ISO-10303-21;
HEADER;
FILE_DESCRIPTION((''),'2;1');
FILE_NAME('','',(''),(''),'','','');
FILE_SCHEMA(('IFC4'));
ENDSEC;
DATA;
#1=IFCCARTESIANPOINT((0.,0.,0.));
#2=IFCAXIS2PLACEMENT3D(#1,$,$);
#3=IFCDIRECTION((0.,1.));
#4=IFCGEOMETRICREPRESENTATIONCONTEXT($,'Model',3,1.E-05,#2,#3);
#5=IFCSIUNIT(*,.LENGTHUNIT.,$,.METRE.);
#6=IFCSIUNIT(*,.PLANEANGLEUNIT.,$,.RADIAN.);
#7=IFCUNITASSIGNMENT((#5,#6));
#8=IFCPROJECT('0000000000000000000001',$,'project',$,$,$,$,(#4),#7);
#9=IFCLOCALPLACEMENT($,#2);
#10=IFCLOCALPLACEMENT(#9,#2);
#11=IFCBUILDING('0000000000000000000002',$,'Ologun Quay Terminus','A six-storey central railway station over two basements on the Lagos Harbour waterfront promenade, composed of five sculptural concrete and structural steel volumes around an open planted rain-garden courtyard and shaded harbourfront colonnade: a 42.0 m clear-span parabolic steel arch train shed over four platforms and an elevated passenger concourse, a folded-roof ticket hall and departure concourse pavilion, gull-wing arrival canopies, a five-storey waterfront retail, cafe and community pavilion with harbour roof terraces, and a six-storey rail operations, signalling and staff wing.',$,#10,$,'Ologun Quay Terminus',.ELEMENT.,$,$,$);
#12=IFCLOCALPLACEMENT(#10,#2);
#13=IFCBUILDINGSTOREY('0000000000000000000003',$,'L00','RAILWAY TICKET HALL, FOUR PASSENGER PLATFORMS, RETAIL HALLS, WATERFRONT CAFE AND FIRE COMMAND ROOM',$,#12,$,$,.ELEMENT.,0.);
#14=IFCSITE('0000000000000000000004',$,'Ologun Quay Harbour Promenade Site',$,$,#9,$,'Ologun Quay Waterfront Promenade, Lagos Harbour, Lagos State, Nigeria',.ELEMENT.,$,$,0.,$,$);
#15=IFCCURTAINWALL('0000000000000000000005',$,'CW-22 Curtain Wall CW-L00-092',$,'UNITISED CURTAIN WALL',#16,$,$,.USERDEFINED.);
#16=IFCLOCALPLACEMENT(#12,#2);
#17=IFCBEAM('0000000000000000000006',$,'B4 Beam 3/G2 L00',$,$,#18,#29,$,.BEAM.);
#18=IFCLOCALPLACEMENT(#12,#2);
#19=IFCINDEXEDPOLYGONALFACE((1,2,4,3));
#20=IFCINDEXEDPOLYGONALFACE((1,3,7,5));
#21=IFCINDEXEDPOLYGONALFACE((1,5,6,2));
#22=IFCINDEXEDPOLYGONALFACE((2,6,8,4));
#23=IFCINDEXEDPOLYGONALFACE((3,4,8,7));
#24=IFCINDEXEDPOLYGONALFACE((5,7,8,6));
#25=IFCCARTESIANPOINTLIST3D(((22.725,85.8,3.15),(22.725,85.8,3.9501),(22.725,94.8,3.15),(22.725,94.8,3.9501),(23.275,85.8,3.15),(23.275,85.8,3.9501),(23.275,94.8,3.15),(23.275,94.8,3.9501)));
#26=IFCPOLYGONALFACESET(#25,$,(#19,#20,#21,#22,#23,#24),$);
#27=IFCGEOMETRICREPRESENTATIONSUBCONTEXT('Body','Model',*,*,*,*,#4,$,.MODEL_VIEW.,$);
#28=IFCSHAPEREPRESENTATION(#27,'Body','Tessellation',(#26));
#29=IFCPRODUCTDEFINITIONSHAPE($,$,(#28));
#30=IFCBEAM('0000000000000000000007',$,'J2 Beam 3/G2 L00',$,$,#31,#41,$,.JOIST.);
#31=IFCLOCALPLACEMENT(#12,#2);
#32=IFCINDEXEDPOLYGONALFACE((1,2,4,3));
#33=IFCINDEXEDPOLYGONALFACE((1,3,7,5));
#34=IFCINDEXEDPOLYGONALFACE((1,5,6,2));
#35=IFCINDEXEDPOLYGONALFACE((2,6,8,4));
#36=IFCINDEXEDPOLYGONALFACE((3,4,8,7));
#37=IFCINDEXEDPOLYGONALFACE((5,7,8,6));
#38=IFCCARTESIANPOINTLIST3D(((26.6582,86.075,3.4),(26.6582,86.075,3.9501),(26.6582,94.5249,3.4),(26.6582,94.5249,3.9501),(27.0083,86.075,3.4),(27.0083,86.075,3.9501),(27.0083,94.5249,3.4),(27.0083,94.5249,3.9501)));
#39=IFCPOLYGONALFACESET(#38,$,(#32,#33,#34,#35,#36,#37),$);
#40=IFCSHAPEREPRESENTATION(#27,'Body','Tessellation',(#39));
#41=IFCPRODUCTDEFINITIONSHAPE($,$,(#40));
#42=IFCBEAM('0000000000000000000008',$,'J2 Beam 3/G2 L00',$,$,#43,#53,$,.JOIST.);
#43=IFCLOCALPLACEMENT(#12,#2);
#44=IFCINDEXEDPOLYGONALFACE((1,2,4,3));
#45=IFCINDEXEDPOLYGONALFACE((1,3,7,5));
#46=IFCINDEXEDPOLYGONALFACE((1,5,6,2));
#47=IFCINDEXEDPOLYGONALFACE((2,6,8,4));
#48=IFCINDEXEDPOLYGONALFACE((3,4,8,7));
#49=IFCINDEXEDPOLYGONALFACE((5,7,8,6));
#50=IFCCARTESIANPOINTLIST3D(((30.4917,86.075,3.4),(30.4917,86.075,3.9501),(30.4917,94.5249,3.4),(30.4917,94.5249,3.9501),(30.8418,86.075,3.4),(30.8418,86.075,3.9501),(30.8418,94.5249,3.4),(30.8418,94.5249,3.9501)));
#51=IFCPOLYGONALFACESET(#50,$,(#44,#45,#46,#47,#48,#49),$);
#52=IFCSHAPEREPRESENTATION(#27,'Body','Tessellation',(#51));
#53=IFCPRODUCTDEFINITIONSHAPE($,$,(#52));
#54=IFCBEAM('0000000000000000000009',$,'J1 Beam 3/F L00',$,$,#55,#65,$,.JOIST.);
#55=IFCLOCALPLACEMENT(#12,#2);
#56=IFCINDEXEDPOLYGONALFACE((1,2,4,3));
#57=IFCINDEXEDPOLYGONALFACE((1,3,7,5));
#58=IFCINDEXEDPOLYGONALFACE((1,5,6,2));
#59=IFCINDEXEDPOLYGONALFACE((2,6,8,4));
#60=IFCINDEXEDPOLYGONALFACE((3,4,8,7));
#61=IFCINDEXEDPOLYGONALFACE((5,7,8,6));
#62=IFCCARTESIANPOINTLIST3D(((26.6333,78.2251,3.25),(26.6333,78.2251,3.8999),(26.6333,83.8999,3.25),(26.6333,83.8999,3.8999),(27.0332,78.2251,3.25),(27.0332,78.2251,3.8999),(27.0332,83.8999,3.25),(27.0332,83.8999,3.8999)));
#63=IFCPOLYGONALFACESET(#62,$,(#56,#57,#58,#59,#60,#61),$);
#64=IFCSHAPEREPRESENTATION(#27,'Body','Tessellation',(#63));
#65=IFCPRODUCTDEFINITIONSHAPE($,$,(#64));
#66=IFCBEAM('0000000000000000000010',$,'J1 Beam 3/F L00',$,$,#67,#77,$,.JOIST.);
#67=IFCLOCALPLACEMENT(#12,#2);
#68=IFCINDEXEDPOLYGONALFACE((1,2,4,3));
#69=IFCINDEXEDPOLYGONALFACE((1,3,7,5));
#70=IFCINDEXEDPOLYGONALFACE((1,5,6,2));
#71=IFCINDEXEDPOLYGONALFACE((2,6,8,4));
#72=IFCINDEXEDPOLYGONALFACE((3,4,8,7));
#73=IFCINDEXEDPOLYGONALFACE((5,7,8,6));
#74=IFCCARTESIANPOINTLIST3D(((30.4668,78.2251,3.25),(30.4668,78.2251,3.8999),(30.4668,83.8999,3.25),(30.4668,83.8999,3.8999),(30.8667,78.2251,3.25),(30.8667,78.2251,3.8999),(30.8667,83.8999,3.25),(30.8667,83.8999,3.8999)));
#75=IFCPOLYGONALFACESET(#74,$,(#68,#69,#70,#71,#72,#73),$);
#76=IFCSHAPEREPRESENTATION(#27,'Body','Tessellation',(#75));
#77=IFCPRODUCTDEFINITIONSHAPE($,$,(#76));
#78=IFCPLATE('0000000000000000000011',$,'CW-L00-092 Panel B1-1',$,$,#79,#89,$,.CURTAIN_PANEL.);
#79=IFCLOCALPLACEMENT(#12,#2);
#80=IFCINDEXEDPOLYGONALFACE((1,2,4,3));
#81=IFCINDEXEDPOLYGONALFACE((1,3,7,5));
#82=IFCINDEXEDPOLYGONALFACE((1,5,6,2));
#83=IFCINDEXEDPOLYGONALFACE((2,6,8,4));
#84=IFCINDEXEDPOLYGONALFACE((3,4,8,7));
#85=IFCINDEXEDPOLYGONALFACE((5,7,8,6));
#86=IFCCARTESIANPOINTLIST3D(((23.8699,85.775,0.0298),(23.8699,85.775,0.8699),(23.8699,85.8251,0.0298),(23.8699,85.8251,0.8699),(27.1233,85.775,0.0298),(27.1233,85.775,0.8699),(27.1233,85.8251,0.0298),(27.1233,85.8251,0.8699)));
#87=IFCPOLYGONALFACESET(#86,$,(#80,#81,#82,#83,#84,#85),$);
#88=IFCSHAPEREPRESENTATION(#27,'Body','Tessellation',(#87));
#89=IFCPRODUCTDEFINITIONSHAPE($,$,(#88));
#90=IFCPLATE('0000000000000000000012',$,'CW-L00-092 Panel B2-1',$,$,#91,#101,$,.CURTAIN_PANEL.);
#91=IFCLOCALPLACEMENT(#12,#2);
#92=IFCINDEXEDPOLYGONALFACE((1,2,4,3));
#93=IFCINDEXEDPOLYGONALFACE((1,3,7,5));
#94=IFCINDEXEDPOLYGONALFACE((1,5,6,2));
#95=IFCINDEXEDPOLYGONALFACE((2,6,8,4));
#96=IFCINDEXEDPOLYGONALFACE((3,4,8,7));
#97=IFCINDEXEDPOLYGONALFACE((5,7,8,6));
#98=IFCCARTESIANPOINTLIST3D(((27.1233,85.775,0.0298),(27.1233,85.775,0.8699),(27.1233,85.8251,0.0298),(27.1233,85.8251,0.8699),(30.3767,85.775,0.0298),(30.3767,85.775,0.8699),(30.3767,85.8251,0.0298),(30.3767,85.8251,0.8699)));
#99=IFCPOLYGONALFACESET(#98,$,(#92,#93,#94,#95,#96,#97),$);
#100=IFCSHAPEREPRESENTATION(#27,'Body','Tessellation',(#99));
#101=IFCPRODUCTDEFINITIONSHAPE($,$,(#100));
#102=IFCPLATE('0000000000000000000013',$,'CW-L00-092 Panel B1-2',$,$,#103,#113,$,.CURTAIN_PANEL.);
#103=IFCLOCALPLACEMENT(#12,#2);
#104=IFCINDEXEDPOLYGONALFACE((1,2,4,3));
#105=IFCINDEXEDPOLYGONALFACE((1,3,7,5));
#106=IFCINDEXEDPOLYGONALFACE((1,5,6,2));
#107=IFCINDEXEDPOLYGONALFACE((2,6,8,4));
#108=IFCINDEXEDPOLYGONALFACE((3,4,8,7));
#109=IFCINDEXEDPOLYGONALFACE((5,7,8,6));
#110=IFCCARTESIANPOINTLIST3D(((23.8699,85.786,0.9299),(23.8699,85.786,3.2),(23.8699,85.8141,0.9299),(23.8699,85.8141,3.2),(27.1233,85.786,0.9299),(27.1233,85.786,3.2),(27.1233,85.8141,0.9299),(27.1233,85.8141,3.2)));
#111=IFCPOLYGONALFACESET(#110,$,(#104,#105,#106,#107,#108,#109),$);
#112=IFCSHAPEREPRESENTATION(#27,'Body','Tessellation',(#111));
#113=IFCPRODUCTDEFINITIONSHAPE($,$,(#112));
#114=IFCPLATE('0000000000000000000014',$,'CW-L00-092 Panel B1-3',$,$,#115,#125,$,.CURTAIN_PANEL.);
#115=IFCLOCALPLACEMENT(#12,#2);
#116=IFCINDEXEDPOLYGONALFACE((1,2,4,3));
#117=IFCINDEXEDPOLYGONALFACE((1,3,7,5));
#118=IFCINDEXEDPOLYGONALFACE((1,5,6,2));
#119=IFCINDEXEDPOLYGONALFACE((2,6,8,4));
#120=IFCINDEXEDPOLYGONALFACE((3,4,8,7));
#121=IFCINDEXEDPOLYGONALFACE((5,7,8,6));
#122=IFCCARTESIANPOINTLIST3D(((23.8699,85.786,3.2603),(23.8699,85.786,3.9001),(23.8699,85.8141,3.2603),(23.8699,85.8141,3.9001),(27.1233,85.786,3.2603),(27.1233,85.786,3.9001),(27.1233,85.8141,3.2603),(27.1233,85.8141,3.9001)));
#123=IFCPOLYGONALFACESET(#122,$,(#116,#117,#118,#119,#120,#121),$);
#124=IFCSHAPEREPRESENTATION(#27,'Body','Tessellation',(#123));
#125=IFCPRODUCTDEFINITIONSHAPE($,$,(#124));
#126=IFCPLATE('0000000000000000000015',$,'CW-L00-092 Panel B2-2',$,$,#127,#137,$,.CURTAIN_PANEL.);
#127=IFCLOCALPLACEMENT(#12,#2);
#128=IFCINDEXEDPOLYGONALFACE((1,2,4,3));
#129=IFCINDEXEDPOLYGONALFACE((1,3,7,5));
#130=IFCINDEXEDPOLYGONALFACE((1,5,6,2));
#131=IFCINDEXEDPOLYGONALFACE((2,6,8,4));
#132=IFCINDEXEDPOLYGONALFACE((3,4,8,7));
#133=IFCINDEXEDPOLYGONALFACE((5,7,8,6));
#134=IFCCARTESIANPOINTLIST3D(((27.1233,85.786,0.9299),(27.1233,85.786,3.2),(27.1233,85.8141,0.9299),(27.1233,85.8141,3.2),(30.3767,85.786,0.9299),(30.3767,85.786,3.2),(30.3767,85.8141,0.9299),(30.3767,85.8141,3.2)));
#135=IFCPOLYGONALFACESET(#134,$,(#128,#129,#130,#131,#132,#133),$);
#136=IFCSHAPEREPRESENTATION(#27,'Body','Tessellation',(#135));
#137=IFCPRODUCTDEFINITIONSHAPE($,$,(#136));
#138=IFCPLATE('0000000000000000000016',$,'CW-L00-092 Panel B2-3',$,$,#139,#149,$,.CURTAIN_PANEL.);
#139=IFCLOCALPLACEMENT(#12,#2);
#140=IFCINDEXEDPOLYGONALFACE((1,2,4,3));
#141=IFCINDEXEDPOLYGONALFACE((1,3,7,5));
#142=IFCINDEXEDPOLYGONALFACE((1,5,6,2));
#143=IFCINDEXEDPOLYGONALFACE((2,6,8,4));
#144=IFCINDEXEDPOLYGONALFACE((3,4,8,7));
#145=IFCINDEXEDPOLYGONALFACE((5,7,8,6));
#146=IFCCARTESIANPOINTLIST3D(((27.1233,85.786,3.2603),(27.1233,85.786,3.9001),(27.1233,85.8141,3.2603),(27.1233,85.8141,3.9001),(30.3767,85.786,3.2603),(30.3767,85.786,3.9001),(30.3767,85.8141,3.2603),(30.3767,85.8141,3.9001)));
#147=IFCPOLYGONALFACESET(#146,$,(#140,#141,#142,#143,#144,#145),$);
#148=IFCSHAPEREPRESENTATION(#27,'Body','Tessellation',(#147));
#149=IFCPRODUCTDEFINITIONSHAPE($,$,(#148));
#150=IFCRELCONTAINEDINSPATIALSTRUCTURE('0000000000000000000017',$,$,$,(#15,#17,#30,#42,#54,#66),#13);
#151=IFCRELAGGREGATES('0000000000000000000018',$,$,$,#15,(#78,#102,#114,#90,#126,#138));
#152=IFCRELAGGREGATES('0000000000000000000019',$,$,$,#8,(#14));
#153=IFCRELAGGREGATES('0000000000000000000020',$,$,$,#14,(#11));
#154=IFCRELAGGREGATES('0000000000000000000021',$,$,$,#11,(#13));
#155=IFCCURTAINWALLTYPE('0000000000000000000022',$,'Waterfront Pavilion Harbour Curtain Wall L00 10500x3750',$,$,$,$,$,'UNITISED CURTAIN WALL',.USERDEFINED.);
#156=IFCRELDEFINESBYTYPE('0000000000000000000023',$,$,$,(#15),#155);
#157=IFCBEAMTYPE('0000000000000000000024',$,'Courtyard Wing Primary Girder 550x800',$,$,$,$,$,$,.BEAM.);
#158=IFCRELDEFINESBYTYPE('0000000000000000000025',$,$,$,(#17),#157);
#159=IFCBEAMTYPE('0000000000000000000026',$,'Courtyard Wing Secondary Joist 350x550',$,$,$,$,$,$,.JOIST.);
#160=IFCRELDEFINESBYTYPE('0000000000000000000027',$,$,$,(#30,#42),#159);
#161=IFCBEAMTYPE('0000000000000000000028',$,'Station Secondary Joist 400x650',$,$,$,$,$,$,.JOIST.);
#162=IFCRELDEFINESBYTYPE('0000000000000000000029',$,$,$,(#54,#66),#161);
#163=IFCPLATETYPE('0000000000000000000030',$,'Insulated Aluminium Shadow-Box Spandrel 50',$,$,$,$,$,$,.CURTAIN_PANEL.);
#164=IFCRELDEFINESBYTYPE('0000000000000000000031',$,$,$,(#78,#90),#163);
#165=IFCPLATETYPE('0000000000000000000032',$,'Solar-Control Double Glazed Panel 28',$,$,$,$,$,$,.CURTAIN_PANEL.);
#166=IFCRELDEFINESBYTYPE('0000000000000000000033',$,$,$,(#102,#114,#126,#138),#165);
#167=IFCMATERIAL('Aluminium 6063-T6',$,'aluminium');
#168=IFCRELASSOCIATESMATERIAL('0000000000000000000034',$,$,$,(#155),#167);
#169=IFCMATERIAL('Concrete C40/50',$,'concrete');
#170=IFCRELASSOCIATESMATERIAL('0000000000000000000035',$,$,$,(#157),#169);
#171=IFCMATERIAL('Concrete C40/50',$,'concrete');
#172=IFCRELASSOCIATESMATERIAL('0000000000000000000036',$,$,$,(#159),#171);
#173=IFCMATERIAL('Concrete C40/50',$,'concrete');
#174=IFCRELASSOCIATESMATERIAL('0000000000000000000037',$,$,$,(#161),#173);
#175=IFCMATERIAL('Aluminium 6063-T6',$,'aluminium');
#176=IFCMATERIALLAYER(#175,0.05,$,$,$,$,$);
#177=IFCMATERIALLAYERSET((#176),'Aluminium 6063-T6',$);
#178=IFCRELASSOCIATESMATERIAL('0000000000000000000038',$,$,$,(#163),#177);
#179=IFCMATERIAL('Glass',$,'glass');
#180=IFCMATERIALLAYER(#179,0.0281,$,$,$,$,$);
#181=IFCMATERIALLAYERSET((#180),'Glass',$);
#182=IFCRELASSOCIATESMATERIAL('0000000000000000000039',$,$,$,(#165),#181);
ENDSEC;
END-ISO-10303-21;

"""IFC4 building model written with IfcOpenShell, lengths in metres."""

from ifc_helpers import new_model, si_unit, direction, frame, origin, origin_2d, place, context, subcontext, project, spatial, rectangle, extrude, material, layer, layer_set, material_profile, profile_set, type_object, element, aggregate, save


model = new_model("IFC4")

# Units and contexts
model_context = context("Model", 3, precision=1e-05, world=origin(), true_north=direction((0.0, 1.0)))
body_context = subcontext(model_context, "Body", "Model", "MODEL_VIEW")
ifc_project = project(units=[si_unit("LENGTHUNIT", "METRE"), si_unit("PLANEANGLEUNIT", "RADIAN")], contexts=[model_context])

# Site, building, storey
site_placement = place(None, origin())
site = spatial("IfcSite", under=ifc_project, at=site_placement, Name="Ologun Quay Harbour Promenade Site", LongName="Ologun Quay Waterfront Promenade, Lagos Harbour, Lagos State, Nigeria", CompositionType="ELEMENT", RefElevation=0.0)
building_placement = place(site_placement, origin())
building = spatial("IfcBuilding", under=site, at=building_placement, Name="Ologun Quay Terminus", Description="A six-storey central railway station over two basements on the Lagos Harbour waterfront promenade, composed of five sculptural concrete and structural steel volumes around an open planted rain-garden courtyard and shaded harbourfront colonnade: a 42.0 m clear-span parabolic steel arch train shed over four platforms and an elevated passenger concourse, a folded-roof ticket hall and departure concourse pavilion, gull-wing arrival canopies, a five-storey waterfront retail, cafe and community pavilion with harbour roof terraces, and a six-storey rail operations, signalling and staff wing.", LongName="Ologun Quay Terminus", CompositionType="ELEMENT")
storey_placement = place(building_placement, origin())
storey = spatial("IfcBuildingStorey", under=building, at=storey_placement, Name="L00", Description="RAILWAY TICKET HALL, FOUR PASSENGER PLATFORMS, RETAIL HALLS, WATERFRONT CAFE AND FIRE COMMAND ROOM", CompositionType="ELEMENT", Elevation=0.0)

# Curtain wall
ifc_material_1 = material(Name="Aluminium 6063-T6", Category="aluminium")
curtain_wall_type = type_object("IfcCurtainWallType", Name="Waterfront Pavilion Harbour Curtain Wall L00 10500x3750", ElementType="UNITISED CURTAIN WALL", PredefinedType="USERDEFINED", material=ifc_material_1)
curtain_wall_placement = place(storey_placement, origin())
curtain_wall = element("IfcCurtainWall", 1, at=curtain_wall_placement, inside=storey, type_object=curtain_wall_type, Name="CW-22 Curtain Wall CW-L00-092", ObjectType="UNITISED CURTAIN WALL", PredefinedType="USERDEFINED")

# Beams
ifc_material_2 = material(Name="Concrete C40/50", Category="concrete")
ifc_material_profile_1 = material_profile(ifc_material_2, rectangle(XDim=0.55, YDim=0.8, at=origin_2d()), Name="RC 550x800")
ifc_profile_set_1 = profile_set([ifc_material_profile_1], Name="Concrete C40/50")
beam_type_1 = type_object("IfcBeamType", Name="Courtyard Wing Primary Girder 550x800", PredefinedType="BEAM", material=ifc_profile_set_1)
beam_1_placement = place(storey_placement, frame((23.0, 85.8, 3.55), z_axis=(0.0, 1.0, 0.0), x_axis=(-1.0, 0.0, 0.0)))
element("IfcBeam", 2, at=beam_1_placement, inside=storey, type_object=beam_type_1, Name="B4 Beam 3/G2 L00", PredefinedType="BEAM", context=body_context, shape_type="SweptSolid", body=[
    extrude(rectangle(XDim=0.55, YDim=0.8, at=origin_2d()), origin(), (0.0, 0.0, 1.0), 9.0),
])
ifc_material_3 = material(Name="Concrete C40/50", Category="concrete")
ifc_material_profile_2 = material_profile(ifc_material_3, rectangle(XDim=0.3501, YDim=0.55, at=origin_2d()), Name="RC 350x550")
ifc_profile_set_2 = profile_set([ifc_material_profile_2], Name="Concrete C40/50")
beam_type_2 = type_object("IfcBeamType", Name="Courtyard Wing Secondary Joist 350x550", PredefinedType="JOIST", material=ifc_profile_set_2)
for number, where, z_axis, x_axis, name in (
    (3, (26.8333, 86.075, 3.675), (0.0, 1.0, 0.0), (-1.0, 0.0, 0.0), "J2 Beam 3/G2 L00"),
    (4, (30.6667, 86.075, 3.675), (0.0, 1.0, 0.0), (-1.0, 0.0, 0.0), "J2 Beam 3/G2 L00"),
):
    element("IfcBeam", number, at=place(storey_placement, frame(where, z_axis=z_axis, x_axis=x_axis)), inside=storey, type_object=beam_type_2, Name=name, PredefinedType="JOIST", context=body_context, shape_type="SweptSolid", body=[
        extrude(rectangle(XDim=0.3501, YDim=0.55, at=origin_2d()), origin(), (0.0, 0.0, 1.0), 8.45),
    ])
ifc_material_4 = material(Name="Concrete C40/50", Category="concrete")
ifc_material_profile_3 = material_profile(ifc_material_4, rectangle(XDim=0.3999, YDim=0.6499, at=origin_2d()), Name="RC 400x650")
ifc_profile_set_3 = profile_set([ifc_material_profile_3], Name="Concrete C40/50")
beam_type_3 = type_object("IfcBeamType", Name="Station Secondary Joist 400x650", PredefinedType="JOIST", material=ifc_profile_set_3)
for number, where, z_axis, x_axis, name in (
    (5, (26.8333, 78.2251, 3.575), (0.0, 1.0, 0.0), (-1.0, 0.0, 0.0), "J1 Beam 3/F L00"),
    (6, (30.6667, 78.2251, 3.575), (0.0, 1.0, 0.0), (-1.0, 0.0, 0.0), "J1 Beam 3/F L00"),
):
    element("IfcBeam", number, at=place(storey_placement, frame(where, z_axis=z_axis, x_axis=x_axis)), inside=storey, type_object=beam_type_3, Name=name, PredefinedType="JOIST", context=body_context, shape_type="SweptSolid", body=[
        extrude(rectangle(XDim=0.3999, YDim=0.6499, at=origin_2d()), origin(), (0.0, 0.0, 1.0), 5.6748),
    ])

# Plates
ifc_material_5 = material(Name="Aluminium 6063-T6", Category="aluminium")
ifc_layer_1 = layer(ifc_material_5, 0.05)
ifc_layer_set_1 = layer_set([ifc_layer_1], Name="Aluminium 6063-T6")
plate_type_1 = type_object("IfcPlateType", Name="Insulated Aluminium Shadow-Box Spandrel 50", PredefinedType="CURTAIN_PANEL", material=ifc_layer_set_1)
plate_1_placement = place(storey_placement, frame((25.4966, 85.8, 0.0298), z_axis=(0.0, 0.0, 1.0), x_axis=(1.0, 0.0, 0.0)))
plate_1 = element("IfcPlate", 7, at=plate_1_placement, type_object=plate_type_1, Name="CW-L00-092 Panel B1-1", PredefinedType="CURTAIN_PANEL", context=body_context, shape_type="SweptSolid", body=[
    extrude(rectangle(XDim=3.2534, YDim=0.05, at=origin_2d()), origin(), (0.0, 0.0, 1.0), 0.8401),
])
plate_2_placement = place(storey_placement, frame((28.75, 85.8, 0.0298), z_axis=(0.0, 0.0, 1.0), x_axis=(1.0, 0.0, 0.0)))
plate_2 = element("IfcPlate", 8, at=plate_2_placement, type_object=plate_type_1, Name="CW-L00-092 Panel B2-1", PredefinedType="CURTAIN_PANEL", context=body_context, shape_type="SweptSolid", body=[
    extrude(rectangle(XDim=3.2534, YDim=0.05, at=origin_2d()), origin(), (0.0, 0.0, 1.0), 0.8401),
])
ifc_material_6 = material(Name="Glass", Category="glass")
ifc_layer_2 = layer(ifc_material_6, 0.0281)
ifc_layer_set_2 = layer_set([ifc_layer_2], Name="Glass")
plate_type_2 = type_object("IfcPlateType", Name="Solar-Control Double Glazed Panel 28", PredefinedType="CURTAIN_PANEL", material=ifc_layer_set_2)
plate_3_placement = place(storey_placement, frame((25.4966, 85.8, 0.9299), z_axis=(0.0, 0.0, 1.0), x_axis=(1.0, 0.0, 0.0)))
plate_3 = element("IfcPlate", 9, at=plate_3_placement, type_object=plate_type_2, Name="CW-L00-092 Panel B1-2", PredefinedType="CURTAIN_PANEL", context=body_context, shape_type="SweptSolid", body=[
    extrude(rectangle(XDim=3.2534, YDim=0.0281, at=origin_2d()), origin(), (0.0, 0.0, 1.0), 2.27),
])
plate_4_placement = place(storey_placement, frame((25.4966, 85.8, 3.2603), z_axis=(0.0, 0.0, 1.0), x_axis=(1.0, 0.0, 0.0)))
plate_4 = element("IfcPlate", 10, at=plate_4_placement, type_object=plate_type_2, Name="CW-L00-092 Panel B1-3", PredefinedType="CURTAIN_PANEL", context=body_context, shape_type="SweptSolid", body=[
    extrude(rectangle(XDim=3.2534, YDim=0.0281, at=origin_2d()), origin(), (0.0, 0.0, 1.0), 0.6399),
])
plate_5_placement = place(storey_placement, frame((28.75, 85.8, 0.9299), z_axis=(0.0, 0.0, 1.0), x_axis=(1.0, 0.0, 0.0)))
plate_5 = element("IfcPlate", 11, at=plate_5_placement, type_object=plate_type_2, Name="CW-L00-092 Panel B2-2", PredefinedType="CURTAIN_PANEL", context=body_context, shape_type="SweptSolid", body=[
    extrude(rectangle(XDim=3.2534, YDim=0.0281, at=origin_2d()), origin(), (0.0, 0.0, 1.0), 2.27),
])
plate_6_placement = place(storey_placement, frame((28.75, 85.8, 3.2603), z_axis=(0.0, 0.0, 1.0), x_axis=(1.0, 0.0, 0.0)))
plate_6 = element("IfcPlate", 12, at=plate_6_placement, type_object=plate_type_2, Name="CW-L00-092 Panel B2-3", PredefinedType="CURTAIN_PANEL", context=body_context, shape_type="SweptSolid", body=[
    extrude(rectangle(XDim=3.2534, YDim=0.0281, at=origin_2d()), origin(), (0.0, 0.0, 1.0), 0.6399),
])
aggregate(curtain_wall, [plate_1, plate_3, plate_4, plate_2, plate_5, plate_6])

save(model, "model.ifc")
